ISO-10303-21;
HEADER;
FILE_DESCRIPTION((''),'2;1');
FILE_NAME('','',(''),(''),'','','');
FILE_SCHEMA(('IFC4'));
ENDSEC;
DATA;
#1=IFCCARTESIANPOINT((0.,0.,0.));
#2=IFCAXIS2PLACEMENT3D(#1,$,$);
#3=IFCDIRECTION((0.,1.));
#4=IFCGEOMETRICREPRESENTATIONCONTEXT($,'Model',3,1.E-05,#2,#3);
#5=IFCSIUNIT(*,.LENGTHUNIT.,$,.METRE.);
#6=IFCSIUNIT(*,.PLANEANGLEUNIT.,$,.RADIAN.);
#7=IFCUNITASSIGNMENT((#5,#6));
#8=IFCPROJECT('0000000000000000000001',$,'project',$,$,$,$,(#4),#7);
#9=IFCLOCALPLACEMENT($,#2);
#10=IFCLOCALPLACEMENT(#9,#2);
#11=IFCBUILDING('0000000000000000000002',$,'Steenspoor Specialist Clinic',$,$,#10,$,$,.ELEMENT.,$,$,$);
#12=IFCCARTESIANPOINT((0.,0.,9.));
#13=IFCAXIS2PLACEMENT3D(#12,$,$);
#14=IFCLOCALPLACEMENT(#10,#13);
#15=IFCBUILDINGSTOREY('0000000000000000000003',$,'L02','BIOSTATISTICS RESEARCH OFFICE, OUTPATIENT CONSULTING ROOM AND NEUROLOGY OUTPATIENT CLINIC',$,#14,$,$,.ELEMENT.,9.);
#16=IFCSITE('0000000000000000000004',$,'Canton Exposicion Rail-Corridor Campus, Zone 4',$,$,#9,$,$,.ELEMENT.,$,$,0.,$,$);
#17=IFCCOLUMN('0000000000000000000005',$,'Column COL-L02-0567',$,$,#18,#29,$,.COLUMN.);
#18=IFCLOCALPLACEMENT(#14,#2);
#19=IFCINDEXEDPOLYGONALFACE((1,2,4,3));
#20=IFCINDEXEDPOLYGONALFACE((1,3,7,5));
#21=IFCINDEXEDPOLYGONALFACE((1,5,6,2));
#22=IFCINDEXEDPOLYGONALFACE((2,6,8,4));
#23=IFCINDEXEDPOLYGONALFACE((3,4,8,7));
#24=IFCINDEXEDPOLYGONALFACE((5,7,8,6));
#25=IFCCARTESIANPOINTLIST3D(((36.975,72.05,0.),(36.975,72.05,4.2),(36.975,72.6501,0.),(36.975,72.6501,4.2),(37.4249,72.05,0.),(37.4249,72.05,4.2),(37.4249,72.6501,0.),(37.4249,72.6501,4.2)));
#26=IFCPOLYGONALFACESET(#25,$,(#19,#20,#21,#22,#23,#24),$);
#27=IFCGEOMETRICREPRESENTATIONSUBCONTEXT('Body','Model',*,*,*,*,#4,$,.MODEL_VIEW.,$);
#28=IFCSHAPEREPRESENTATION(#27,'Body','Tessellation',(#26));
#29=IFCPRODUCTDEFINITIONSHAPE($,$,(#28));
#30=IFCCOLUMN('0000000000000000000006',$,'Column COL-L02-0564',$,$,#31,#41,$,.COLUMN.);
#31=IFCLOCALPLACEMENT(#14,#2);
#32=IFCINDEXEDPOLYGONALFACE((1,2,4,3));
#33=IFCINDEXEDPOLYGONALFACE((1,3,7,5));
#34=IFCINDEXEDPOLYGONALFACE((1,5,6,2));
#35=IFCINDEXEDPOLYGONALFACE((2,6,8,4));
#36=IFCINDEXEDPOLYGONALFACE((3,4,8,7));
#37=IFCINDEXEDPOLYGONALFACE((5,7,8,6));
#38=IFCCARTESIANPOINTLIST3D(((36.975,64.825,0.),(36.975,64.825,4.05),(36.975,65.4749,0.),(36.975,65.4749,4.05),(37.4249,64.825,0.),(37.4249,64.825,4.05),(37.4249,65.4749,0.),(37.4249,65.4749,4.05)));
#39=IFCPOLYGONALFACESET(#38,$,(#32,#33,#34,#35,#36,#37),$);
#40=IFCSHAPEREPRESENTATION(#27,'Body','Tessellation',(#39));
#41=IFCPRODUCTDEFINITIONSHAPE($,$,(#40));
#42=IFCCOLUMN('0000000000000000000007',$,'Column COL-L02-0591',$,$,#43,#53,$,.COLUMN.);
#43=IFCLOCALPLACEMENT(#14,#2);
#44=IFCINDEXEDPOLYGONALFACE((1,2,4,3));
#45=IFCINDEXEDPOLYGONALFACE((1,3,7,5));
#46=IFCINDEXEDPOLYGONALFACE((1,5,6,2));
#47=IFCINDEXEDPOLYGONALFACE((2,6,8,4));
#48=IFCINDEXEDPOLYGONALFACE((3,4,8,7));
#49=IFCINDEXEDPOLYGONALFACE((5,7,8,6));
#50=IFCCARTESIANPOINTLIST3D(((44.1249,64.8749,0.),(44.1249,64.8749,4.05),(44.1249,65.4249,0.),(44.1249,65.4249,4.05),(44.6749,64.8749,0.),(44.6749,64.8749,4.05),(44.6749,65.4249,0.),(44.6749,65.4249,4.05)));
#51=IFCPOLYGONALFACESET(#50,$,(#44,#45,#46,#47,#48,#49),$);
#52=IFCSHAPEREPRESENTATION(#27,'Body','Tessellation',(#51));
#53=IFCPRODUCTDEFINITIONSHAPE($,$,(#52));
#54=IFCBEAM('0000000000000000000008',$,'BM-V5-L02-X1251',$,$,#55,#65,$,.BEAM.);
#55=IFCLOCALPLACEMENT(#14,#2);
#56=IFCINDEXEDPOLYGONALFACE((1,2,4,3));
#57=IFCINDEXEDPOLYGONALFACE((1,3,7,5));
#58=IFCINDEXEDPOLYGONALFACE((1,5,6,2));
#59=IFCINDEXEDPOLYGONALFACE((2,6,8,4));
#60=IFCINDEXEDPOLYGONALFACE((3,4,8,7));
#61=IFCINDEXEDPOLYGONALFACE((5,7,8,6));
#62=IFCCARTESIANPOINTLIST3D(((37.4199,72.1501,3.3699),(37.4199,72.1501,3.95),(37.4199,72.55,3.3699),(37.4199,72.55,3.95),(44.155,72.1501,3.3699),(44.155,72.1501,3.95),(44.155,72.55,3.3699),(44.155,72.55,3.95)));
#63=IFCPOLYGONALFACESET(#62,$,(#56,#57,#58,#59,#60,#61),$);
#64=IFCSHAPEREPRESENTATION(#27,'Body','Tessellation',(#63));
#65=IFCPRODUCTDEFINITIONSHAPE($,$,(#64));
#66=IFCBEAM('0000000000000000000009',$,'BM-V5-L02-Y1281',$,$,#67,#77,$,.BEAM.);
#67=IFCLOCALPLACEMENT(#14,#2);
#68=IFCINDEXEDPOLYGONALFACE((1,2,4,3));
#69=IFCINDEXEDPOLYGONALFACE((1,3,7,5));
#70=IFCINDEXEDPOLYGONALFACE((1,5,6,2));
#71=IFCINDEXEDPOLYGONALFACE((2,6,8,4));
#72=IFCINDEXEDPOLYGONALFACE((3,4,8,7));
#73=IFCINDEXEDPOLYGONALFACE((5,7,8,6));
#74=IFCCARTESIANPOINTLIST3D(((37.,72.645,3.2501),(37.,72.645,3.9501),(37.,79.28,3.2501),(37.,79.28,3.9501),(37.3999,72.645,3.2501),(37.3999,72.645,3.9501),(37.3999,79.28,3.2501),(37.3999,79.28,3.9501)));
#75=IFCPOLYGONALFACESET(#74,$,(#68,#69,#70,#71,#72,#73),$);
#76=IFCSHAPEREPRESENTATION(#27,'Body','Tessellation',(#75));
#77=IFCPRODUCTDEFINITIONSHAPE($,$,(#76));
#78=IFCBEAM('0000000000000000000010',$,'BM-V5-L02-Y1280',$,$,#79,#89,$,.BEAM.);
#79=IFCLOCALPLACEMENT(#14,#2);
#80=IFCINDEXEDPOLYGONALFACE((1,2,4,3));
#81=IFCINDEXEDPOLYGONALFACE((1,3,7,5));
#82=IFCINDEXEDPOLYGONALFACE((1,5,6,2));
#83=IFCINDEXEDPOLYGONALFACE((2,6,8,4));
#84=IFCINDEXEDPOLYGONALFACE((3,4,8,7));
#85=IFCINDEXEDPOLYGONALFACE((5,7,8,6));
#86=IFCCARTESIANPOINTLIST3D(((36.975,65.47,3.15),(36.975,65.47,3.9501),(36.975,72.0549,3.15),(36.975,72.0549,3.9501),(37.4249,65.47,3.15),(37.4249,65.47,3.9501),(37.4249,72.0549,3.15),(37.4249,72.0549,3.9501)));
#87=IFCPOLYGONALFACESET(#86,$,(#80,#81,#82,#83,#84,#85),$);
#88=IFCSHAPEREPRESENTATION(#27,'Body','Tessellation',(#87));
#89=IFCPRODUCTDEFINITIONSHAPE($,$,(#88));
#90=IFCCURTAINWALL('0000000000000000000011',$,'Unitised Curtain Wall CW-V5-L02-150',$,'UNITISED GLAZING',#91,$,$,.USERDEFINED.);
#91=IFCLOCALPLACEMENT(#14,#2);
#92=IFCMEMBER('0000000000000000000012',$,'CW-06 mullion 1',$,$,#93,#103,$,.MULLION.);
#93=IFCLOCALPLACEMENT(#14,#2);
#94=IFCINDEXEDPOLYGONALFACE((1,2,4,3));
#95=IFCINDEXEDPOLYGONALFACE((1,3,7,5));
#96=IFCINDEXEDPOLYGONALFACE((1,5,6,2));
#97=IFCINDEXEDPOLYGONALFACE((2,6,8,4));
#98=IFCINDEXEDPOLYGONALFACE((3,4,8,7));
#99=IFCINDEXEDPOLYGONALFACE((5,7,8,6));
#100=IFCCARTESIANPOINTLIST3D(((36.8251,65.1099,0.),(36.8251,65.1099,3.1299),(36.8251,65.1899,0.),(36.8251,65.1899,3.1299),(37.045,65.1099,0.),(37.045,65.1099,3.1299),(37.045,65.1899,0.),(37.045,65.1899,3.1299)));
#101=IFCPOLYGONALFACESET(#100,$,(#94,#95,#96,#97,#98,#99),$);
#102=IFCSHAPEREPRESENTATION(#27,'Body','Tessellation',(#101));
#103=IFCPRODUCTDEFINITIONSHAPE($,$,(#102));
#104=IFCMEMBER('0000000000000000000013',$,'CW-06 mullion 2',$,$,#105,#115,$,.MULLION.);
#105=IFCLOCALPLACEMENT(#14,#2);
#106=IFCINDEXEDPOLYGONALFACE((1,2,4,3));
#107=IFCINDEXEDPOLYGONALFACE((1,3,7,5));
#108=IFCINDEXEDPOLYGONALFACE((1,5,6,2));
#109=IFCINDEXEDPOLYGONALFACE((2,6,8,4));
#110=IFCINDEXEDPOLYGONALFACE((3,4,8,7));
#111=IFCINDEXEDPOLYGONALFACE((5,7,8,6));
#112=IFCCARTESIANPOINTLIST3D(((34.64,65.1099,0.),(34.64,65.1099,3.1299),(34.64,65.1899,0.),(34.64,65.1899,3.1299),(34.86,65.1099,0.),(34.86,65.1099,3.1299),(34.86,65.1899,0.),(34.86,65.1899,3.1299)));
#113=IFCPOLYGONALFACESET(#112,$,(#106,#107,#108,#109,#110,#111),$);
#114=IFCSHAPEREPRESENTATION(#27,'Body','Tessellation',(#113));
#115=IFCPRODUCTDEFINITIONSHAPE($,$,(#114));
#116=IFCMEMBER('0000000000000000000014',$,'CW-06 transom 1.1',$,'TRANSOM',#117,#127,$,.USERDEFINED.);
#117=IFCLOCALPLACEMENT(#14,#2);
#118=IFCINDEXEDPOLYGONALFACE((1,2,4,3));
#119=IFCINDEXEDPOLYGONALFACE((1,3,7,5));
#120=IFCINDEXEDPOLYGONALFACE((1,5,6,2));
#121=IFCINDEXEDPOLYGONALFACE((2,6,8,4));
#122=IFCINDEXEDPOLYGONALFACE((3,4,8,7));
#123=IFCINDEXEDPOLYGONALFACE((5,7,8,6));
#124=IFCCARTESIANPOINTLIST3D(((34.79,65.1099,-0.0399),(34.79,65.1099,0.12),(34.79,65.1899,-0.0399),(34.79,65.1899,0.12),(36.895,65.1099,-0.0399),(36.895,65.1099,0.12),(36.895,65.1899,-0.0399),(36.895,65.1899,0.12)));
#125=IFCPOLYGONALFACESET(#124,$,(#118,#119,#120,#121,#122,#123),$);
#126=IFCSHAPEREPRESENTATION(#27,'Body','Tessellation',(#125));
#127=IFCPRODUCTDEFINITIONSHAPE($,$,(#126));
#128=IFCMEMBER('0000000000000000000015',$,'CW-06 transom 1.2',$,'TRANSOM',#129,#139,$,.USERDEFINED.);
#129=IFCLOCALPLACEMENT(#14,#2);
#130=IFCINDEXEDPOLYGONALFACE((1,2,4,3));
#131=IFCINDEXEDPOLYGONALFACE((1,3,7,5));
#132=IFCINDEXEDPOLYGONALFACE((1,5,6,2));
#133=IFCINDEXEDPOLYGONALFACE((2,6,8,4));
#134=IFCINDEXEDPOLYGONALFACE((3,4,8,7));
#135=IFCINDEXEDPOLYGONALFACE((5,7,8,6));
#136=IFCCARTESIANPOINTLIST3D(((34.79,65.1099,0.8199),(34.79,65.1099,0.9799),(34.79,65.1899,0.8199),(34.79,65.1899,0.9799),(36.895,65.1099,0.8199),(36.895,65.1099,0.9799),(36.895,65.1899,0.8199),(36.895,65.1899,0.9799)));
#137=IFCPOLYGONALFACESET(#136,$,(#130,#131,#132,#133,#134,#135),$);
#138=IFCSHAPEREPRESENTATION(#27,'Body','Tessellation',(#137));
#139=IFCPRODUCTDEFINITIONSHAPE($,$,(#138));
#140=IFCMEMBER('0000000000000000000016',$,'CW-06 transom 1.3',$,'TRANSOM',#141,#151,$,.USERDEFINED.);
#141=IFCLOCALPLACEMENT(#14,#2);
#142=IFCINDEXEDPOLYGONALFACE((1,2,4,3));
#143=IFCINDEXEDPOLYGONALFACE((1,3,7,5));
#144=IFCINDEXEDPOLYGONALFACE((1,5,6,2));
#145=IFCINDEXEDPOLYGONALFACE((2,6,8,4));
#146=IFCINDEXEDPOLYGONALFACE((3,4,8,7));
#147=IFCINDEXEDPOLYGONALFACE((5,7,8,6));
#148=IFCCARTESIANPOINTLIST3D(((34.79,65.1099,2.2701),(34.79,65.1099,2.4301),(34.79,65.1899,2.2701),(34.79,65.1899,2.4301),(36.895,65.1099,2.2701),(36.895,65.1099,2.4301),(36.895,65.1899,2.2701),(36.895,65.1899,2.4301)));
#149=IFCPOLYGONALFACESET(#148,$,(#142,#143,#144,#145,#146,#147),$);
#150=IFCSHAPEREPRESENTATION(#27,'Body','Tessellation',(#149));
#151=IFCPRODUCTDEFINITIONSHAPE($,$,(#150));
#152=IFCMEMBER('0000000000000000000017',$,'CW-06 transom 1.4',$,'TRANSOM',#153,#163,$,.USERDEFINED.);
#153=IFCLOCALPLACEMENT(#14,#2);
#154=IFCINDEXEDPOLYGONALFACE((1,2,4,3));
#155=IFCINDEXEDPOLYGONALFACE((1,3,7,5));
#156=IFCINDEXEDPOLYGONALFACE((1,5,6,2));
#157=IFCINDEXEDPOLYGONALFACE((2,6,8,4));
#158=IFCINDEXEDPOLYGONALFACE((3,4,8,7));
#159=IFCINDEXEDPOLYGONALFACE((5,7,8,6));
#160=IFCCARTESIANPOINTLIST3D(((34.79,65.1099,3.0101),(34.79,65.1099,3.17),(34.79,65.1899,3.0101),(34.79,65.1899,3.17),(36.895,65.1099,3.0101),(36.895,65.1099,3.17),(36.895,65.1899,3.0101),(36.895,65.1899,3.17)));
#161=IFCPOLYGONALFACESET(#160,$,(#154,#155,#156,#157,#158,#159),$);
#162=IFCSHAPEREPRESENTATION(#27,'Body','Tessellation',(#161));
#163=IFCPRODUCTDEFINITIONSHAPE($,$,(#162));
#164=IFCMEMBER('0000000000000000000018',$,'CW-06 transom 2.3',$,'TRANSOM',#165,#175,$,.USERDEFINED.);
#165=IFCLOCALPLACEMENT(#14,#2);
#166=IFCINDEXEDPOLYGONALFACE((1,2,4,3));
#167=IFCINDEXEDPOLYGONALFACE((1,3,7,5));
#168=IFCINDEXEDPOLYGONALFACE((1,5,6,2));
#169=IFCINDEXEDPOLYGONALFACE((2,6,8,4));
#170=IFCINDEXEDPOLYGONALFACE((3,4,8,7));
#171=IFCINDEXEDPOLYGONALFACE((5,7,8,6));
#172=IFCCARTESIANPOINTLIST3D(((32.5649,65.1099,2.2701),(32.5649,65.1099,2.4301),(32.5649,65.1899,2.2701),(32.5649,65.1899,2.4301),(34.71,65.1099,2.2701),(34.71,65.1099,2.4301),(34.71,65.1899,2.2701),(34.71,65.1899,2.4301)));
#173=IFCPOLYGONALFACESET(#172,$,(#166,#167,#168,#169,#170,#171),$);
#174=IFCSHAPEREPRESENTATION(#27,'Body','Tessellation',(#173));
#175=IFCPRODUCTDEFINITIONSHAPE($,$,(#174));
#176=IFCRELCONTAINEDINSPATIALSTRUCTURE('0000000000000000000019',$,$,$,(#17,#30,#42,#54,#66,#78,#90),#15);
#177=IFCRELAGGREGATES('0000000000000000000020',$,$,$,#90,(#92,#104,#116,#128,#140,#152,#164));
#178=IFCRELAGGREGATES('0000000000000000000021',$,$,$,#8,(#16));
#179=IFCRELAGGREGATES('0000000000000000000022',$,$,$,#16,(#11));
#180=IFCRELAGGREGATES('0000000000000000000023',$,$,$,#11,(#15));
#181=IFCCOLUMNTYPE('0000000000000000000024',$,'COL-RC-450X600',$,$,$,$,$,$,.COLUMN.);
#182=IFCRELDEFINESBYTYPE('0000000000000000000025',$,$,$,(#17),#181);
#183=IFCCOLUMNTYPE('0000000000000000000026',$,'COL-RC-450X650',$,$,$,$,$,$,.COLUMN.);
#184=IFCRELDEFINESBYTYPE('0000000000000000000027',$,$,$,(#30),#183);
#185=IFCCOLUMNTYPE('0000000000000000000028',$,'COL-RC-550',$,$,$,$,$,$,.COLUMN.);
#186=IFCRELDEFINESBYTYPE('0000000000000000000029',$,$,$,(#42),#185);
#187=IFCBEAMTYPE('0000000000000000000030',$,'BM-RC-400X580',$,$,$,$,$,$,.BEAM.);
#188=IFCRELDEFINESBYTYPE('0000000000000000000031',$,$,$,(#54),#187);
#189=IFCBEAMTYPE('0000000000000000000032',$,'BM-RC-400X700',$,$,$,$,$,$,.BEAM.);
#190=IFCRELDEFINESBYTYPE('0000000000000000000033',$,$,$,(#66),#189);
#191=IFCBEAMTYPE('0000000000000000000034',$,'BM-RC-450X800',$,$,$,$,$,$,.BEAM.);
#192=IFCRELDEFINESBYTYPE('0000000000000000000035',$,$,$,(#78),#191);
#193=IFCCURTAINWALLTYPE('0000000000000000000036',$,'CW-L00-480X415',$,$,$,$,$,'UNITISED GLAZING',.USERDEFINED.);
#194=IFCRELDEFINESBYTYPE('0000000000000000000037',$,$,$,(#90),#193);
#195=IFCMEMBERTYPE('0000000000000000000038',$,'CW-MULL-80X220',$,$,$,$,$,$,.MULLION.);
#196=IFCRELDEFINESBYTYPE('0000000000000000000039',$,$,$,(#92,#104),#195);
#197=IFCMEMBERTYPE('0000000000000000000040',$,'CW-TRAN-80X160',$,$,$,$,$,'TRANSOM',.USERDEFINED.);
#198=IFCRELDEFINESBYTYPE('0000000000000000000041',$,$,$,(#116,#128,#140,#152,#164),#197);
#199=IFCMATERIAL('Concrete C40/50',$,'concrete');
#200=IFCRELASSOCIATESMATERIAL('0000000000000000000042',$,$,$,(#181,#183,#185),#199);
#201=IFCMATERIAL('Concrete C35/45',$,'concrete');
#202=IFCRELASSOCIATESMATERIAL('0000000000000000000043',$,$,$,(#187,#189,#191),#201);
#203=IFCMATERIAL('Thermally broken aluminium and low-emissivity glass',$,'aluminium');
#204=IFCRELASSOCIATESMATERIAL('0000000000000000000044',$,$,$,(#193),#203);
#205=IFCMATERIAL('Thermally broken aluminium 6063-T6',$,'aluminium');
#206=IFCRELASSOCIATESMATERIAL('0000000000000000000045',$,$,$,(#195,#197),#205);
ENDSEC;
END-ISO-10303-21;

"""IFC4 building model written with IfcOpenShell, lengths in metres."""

from ifc_helpers import new_model, si_unit, direction, frame, origin, origin_2d, place, context, subcontext, project, spatial, rectangle, extrude, material, material_profile, profile_set, type_object, element, aggregate, save


model = new_model("IFC4")

# Units and contexts
model_context = context("Model", 3, precision=1e-05, world=origin(), true_north=direction((0.0, 1.0)))
body_context = subcontext(model_context, "Body", "Model", "MODEL_VIEW")
ifc_project = project(units=[si_unit("LENGTHUNIT", "METRE"), si_unit("PLANEANGLEUNIT", "RADIAN")], contexts=[model_context])

# Site, building, storey
site_placement = place(None, origin())
site = spatial("IfcSite", under=ifc_project, at=site_placement, Name="Canton Exposicion Rail-Corridor Campus, Zone 4", CompositionType="ELEMENT", RefElevation=0.0)
building_placement = place(site_placement, origin())
building = spatial("IfcBuilding", under=site, at=building_placement, Name="Steenspoor Specialist Clinic", CompositionType="ELEMENT")
storey_placement = place(building_placement, frame((0.0, 0.0, 9.0)))
storey = spatial("IfcBuildingStorey", under=building, at=storey_placement, Name="L02", Description="BIOSTATISTICS RESEARCH OFFICE, OUTPATIENT CONSULTING ROOM AND NEUROLOGY OUTPATIENT CLINIC", CompositionType="ELEMENT", Elevation=9.0)

# Columns
ifc_material_1 = material(Name="Concrete C40/50", Category="concrete")
ifc_material_profile_1 = material_profile(ifc_material_1, rectangle(XDim=0.45, YDim=0.6001, at=origin_2d()), Name="RC-COL-450X600")
ifc_profile_set_1 = profile_set([ifc_material_profile_1], Name="Concrete C40/50")
column_type_1 = type_object("IfcColumnType", Name="COL-RC-450X600", PredefinedType="COLUMN", material=ifc_profile_set_1)
column_1_placement = place(storey_placement, frame((37.2, 72.3501, 0.0), z_axis=(0.0, 0.0, 1.0), x_axis=(1.0, 0.0, 0.0)))
element("IfcColumn", 1, at=column_1_placement, inside=storey, type_object=column_type_1, Name="Column COL-L02-0567", PredefinedType="COLUMN", context=body_context, shape_type="SweptSolid", body=[
    extrude(rectangle(XDim=0.45, YDim=0.6001, at=origin_2d()), origin(), (0.0, 0.0, 1.0), 4.2),
])
ifc_material_profile_2 = material_profile(ifc_material_1, rectangle(XDim=0.45, YDim=0.6499, at=origin_2d()), Name="RC-COL-450X650")
ifc_profile_set_2 = profile_set([ifc_material_profile_2], Name="Concrete C40/50")
column_type_2 = type_object("IfcColumnType", Name="COL-RC-450X650", PredefinedType="COLUMN", material=ifc_profile_set_2)
column_2_placement = place(storey_placement, frame((37.2, 65.1499, 0.0), z_axis=(0.0, 0.0, 1.0), x_axis=(1.0, 0.0, 0.0)))
element("IfcColumn", 2, at=column_2_placement, inside=storey, type_object=column_type_2, Name="Column COL-L02-0564", PredefinedType="COLUMN", context=body_context, shape_type="SweptSolid", body=[
    extrude(rectangle(XDim=0.45, YDim=0.6499, at=origin_2d()), origin(), (0.0, 0.0, 1.0), 4.05),
])
ifc_material_profile_3 = material_profile(ifc_material_1, rectangle(XDim=0.55, YDim=0.55, at=origin_2d()), Name="RC-COL-550X550")
ifc_profile_set_3 = profile_set([ifc_material_profile_3], Name="Concrete C40/50")
column_type_3 = type_object("IfcColumnType", Name="COL-RC-550", PredefinedType="COLUMN", material=ifc_profile_set_3)
column_3_placement = place(storey_placement, frame((44.3999, 65.1499, 0.0), z_axis=(0.0, 0.0, 1.0), x_axis=(1.0, 0.0, 0.0)))
element("IfcColumn", 3, at=column_3_placement, inside=storey, type_object=column_type_3, Name="Column COL-L02-0591", PredefinedType="COLUMN", context=body_context, shape_type="SweptSolid", body=[
    extrude(rectangle(XDim=0.55, YDim=0.55, at=origin_2d()), origin(), (0.0, 0.0, 1.0), 4.05),
])

# Beams
ifc_material_2 = material(Name="Concrete C35/45", Category="concrete")
ifc_material_profile_4 = material_profile(ifc_material_2, rectangle(XDim=0.3999, YDim=0.5801, at=origin_2d()), Name="RC-BM-400X580")
ifc_profile_set_4 = profile_set([ifc_material_profile_4], Name="Concrete C35/45")
beam_type_1 = type_object("IfcBeamType", Name="BM-RC-400X580", PredefinedType="BEAM", material=ifc_profile_set_4)
beam_1_placement = place(storey_placement, frame((37.4199, 72.3501, 3.6599), z_axis=(1.0, 0.0, 0.0), x_axis=(0.0, 1.0, 0.0)))
element("IfcBeam", 4, at=beam_1_placement, inside=storey, type_object=beam_type_1, Name="BM-V5-L02-X1251", PredefinedType="BEAM", context=body_context, shape_type="SweptSolid", body=[
    extrude(rectangle(XDim=0.3999, YDim=0.5801, at=origin_2d()), origin(), (0.0, 0.0, 1.0), 6.7351),
])
ifc_material_profile_5 = material_profile(ifc_material_2, rectangle(XDim=0.3999, YDim=0.7, at=origin_2d()), Name="RC-BM-400X700")
ifc_profile_set_5 = profile_set([ifc_material_profile_5], Name="Concrete C35/45")
beam_type_2 = type_object("IfcBeamType", Name="BM-RC-400X700", PredefinedType="BEAM", material=ifc_profile_set_5)
beam_2_placement = place(storey_placement, frame((37.2, 72.645, 3.6001), z_axis=(0.0, 1.0, 0.0), x_axis=(-1.0, 0.0, 0.0)))
element("IfcBeam", 5, at=beam_2_placement, inside=storey, type_object=beam_type_2, Name="BM-V5-L02-Y1281", PredefinedType="BEAM", context=body_context, shape_type="SweptSolid", body=[
    extrude(rectangle(XDim=0.3999, YDim=0.7, at=origin_2d()), origin(), (0.0, 0.0, 1.0), 6.635),
])
ifc_material_profile_6 = material_profile(ifc_material_2, rectangle(XDim=0.45, YDim=0.8, at=origin_2d()), Name="RC-BM-450X800")
ifc_profile_set_6 = profile_set([ifc_material_profile_6], Name="Concrete C35/45")
beam_type_3 = type_object("IfcBeamType", Name="BM-RC-450X800", PredefinedType="BEAM", material=ifc_profile_set_6)
beam_3_placement = place(storey_placement, frame((37.2, 65.47, 3.55), z_axis=(0.0, 1.0, 0.0), x_axis=(-1.0, 0.0, 0.0)))
element("IfcBeam", 6, at=beam_3_placement, inside=storey, type_object=beam_type_3, Name="BM-V5-L02-Y1280", PredefinedType="BEAM", context=body_context, shape_type="SweptSolid", body=[
    extrude(rectangle(XDim=0.45, YDim=0.8, at=origin_2d()), origin(), (0.0, 0.0, 1.0), 6.585),
])

# Curtain wall, members
ifc_material_3 = material(Name="Thermally broken aluminium and low-emissivity glass", Category="aluminium")
curtain_wall_type = type_object("IfcCurtainWallType", Name="CW-L00-480X415", ElementType="UNITISED GLAZING", PredefinedType="USERDEFINED", material=ifc_material_3)
curtain_wall_placement = place(storey_placement, origin())
curtain_wall = element("IfcCurtainWall", 7, at=curtain_wall_placement, inside=storey, type_object=curtain_wall_type, Name="Unitised Curtain Wall CW-V5-L02-150", ObjectType="UNITISED GLAZING", PredefinedType="USERDEFINED")
ifc_material_4 = material(Name="Thermally broken aluminium 6063-T6", Category="aluminium")
ifc_material_profile_7 = material_profile(ifc_material_4, rectangle(XDim=0.0801, YDim=0.22, at=origin_2d()), Name="CWM-80X220")
ifc_profile_set_7 = profile_set([ifc_material_profile_7], Name="Thermally broken aluminium 6063-T6")
member_type_1 = type_object("IfcMemberType", Name="CW-MULL-80X220", PredefinedType="MULLION", material=ifc_profile_set_7)
member_1_placement = place(storey_placement, frame((36.9351, 65.1499, 0.0), z_axis=(0.0, 0.0, 1.0), x_axis=(0.0, -1.0, 0.0)))
member_1 = element("IfcMember", 8, at=member_1_placement, type_object=member_type_1, Name="CW-06 mullion 1", PredefinedType="MULLION", context=body_context, shape_type="SweptSolid", body=[
    extrude(rectangle(XDim=0.0801, YDim=0.22, at=origin_2d()), origin(), (0.0, 0.0, 1.0), 3.1299),
])
member_2_placement = place(storey_placement, frame((34.75, 65.1499, 0.0), z_axis=(0.0, 0.0, 1.0), x_axis=(0.0, -1.0, 0.0)))
member_2 = element("IfcMember", 9, at=member_2_placement, type_object=member_type_1, Name="CW-06 mullion 2", PredefinedType="MULLION", context=body_context, shape_type="SweptSolid", body=[
    extrude(rectangle(XDim=0.0801, YDim=0.22, at=origin_2d()), origin(), (0.0, 0.0, 1.0), 3.1299),
])
ifc_material_profile_8 = material_profile(ifc_material_4, rectangle(XDim=0.0801, YDim=0.1599, at=origin_2d()), Name="CWT-80X160")
ifc_profile_set_8 = profile_set([ifc_material_profile_8], Name="Thermally broken aluminium 6063-T6")
member_type_2 = type_object("IfcMemberType", Name="CW-TRAN-80X160", ElementType="TRANSOM", PredefinedType="USERDEFINED", material=ifc_profile_set_8)
member_3_placement = place(storey_placement, frame((36.895, 65.1499, 0.04), z_axis=(-1.0, 0.0, 0.0), x_axis=(0.0, -1.0, 0.0)))
member_3 = element("IfcMember", 10, at=member_3_placement, type_object=member_type_2, Name="CW-06 transom 1.1", ObjectType="TRANSOM", PredefinedType="USERDEFINED", context=body_context, shape_type="SweptSolid", body=[
    extrude(rectangle(XDim=0.0801, YDim=0.1599, at=origin_2d()), origin(), (0.0, 0.0, 1.0), 2.105),
])
member_4_placement = place(storey_placement, frame((36.895, 65.1499, 0.8999), z_axis=(-1.0, 0.0, 0.0), x_axis=(0.0, -1.0, 0.0)))
member_4 = element("IfcMember", 11, at=member_4_placement, type_object=member_type_2, Name="CW-06 transom 1.2", ObjectType="TRANSOM", PredefinedType="USERDEFINED", context=body_context, shape_type="SweptSolid", body=[
    extrude(rectangle(XDim=0.0801, YDim=0.1599, at=origin_2d()), origin(), (0.0, 0.0, 1.0), 2.105),
])
member_5_placement = place(storey_placement, frame((36.895, 65.1499, 2.3501), z_axis=(-1.0, 0.0, 0.0), x_axis=(0.0, -1.0, 0.0)))
member_5 = element("IfcMember", 12, at=member_5_placement, type_object=member_type_2, Name="CW-06 transom 1.3", ObjectType="TRANSOM", PredefinedType="USERDEFINED", context=body_context, shape_type="SweptSolid", body=[
    extrude(rectangle(XDim=0.0801, YDim=0.1599, at=origin_2d()), origin(), (0.0, 0.0, 1.0), 2.105),
])
member_6_placement = place(storey_placement, frame((36.895, 65.1499, 3.0901), z_axis=(-1.0, 0.0, 0.0), x_axis=(0.0, -1.0, 0.0)))
member_6 = element("IfcMember", 13, at=member_6_placement, type_object=member_type_2, Name="CW-06 transom 1.4", ObjectType="TRANSOM", PredefinedType="USERDEFINED", context=body_context, shape_type="SweptSolid", body=[
    extrude(rectangle(XDim=0.0801, YDim=0.1599, at=origin_2d()), origin(), (0.0, 0.0, 1.0), 2.105),
])
member_7_placement = place(storey_placement, frame((34.71, 65.1499, 2.3501), z_axis=(-1.0, 0.0, 0.0), x_axis=(0.0, -1.0, 0.0)))
member_7 = element("IfcMember", 14, at=member_7_placement, type_object=member_type_2, Name="CW-06 transom 2.3", ObjectType="TRANSOM", PredefinedType="USERDEFINED", context=body_context, shape_type="SweptSolid", body=[
    extrude(rectangle(XDim=0.0801, YDim=0.1599, at=origin_2d()), origin(), (0.0, 0.0, 1.0), 2.145),
])

aggregate(curtain_wall, [member_1, member_2, member_3, member_4, member_5, member_6, member_7])

save(model, "model.ifc")
